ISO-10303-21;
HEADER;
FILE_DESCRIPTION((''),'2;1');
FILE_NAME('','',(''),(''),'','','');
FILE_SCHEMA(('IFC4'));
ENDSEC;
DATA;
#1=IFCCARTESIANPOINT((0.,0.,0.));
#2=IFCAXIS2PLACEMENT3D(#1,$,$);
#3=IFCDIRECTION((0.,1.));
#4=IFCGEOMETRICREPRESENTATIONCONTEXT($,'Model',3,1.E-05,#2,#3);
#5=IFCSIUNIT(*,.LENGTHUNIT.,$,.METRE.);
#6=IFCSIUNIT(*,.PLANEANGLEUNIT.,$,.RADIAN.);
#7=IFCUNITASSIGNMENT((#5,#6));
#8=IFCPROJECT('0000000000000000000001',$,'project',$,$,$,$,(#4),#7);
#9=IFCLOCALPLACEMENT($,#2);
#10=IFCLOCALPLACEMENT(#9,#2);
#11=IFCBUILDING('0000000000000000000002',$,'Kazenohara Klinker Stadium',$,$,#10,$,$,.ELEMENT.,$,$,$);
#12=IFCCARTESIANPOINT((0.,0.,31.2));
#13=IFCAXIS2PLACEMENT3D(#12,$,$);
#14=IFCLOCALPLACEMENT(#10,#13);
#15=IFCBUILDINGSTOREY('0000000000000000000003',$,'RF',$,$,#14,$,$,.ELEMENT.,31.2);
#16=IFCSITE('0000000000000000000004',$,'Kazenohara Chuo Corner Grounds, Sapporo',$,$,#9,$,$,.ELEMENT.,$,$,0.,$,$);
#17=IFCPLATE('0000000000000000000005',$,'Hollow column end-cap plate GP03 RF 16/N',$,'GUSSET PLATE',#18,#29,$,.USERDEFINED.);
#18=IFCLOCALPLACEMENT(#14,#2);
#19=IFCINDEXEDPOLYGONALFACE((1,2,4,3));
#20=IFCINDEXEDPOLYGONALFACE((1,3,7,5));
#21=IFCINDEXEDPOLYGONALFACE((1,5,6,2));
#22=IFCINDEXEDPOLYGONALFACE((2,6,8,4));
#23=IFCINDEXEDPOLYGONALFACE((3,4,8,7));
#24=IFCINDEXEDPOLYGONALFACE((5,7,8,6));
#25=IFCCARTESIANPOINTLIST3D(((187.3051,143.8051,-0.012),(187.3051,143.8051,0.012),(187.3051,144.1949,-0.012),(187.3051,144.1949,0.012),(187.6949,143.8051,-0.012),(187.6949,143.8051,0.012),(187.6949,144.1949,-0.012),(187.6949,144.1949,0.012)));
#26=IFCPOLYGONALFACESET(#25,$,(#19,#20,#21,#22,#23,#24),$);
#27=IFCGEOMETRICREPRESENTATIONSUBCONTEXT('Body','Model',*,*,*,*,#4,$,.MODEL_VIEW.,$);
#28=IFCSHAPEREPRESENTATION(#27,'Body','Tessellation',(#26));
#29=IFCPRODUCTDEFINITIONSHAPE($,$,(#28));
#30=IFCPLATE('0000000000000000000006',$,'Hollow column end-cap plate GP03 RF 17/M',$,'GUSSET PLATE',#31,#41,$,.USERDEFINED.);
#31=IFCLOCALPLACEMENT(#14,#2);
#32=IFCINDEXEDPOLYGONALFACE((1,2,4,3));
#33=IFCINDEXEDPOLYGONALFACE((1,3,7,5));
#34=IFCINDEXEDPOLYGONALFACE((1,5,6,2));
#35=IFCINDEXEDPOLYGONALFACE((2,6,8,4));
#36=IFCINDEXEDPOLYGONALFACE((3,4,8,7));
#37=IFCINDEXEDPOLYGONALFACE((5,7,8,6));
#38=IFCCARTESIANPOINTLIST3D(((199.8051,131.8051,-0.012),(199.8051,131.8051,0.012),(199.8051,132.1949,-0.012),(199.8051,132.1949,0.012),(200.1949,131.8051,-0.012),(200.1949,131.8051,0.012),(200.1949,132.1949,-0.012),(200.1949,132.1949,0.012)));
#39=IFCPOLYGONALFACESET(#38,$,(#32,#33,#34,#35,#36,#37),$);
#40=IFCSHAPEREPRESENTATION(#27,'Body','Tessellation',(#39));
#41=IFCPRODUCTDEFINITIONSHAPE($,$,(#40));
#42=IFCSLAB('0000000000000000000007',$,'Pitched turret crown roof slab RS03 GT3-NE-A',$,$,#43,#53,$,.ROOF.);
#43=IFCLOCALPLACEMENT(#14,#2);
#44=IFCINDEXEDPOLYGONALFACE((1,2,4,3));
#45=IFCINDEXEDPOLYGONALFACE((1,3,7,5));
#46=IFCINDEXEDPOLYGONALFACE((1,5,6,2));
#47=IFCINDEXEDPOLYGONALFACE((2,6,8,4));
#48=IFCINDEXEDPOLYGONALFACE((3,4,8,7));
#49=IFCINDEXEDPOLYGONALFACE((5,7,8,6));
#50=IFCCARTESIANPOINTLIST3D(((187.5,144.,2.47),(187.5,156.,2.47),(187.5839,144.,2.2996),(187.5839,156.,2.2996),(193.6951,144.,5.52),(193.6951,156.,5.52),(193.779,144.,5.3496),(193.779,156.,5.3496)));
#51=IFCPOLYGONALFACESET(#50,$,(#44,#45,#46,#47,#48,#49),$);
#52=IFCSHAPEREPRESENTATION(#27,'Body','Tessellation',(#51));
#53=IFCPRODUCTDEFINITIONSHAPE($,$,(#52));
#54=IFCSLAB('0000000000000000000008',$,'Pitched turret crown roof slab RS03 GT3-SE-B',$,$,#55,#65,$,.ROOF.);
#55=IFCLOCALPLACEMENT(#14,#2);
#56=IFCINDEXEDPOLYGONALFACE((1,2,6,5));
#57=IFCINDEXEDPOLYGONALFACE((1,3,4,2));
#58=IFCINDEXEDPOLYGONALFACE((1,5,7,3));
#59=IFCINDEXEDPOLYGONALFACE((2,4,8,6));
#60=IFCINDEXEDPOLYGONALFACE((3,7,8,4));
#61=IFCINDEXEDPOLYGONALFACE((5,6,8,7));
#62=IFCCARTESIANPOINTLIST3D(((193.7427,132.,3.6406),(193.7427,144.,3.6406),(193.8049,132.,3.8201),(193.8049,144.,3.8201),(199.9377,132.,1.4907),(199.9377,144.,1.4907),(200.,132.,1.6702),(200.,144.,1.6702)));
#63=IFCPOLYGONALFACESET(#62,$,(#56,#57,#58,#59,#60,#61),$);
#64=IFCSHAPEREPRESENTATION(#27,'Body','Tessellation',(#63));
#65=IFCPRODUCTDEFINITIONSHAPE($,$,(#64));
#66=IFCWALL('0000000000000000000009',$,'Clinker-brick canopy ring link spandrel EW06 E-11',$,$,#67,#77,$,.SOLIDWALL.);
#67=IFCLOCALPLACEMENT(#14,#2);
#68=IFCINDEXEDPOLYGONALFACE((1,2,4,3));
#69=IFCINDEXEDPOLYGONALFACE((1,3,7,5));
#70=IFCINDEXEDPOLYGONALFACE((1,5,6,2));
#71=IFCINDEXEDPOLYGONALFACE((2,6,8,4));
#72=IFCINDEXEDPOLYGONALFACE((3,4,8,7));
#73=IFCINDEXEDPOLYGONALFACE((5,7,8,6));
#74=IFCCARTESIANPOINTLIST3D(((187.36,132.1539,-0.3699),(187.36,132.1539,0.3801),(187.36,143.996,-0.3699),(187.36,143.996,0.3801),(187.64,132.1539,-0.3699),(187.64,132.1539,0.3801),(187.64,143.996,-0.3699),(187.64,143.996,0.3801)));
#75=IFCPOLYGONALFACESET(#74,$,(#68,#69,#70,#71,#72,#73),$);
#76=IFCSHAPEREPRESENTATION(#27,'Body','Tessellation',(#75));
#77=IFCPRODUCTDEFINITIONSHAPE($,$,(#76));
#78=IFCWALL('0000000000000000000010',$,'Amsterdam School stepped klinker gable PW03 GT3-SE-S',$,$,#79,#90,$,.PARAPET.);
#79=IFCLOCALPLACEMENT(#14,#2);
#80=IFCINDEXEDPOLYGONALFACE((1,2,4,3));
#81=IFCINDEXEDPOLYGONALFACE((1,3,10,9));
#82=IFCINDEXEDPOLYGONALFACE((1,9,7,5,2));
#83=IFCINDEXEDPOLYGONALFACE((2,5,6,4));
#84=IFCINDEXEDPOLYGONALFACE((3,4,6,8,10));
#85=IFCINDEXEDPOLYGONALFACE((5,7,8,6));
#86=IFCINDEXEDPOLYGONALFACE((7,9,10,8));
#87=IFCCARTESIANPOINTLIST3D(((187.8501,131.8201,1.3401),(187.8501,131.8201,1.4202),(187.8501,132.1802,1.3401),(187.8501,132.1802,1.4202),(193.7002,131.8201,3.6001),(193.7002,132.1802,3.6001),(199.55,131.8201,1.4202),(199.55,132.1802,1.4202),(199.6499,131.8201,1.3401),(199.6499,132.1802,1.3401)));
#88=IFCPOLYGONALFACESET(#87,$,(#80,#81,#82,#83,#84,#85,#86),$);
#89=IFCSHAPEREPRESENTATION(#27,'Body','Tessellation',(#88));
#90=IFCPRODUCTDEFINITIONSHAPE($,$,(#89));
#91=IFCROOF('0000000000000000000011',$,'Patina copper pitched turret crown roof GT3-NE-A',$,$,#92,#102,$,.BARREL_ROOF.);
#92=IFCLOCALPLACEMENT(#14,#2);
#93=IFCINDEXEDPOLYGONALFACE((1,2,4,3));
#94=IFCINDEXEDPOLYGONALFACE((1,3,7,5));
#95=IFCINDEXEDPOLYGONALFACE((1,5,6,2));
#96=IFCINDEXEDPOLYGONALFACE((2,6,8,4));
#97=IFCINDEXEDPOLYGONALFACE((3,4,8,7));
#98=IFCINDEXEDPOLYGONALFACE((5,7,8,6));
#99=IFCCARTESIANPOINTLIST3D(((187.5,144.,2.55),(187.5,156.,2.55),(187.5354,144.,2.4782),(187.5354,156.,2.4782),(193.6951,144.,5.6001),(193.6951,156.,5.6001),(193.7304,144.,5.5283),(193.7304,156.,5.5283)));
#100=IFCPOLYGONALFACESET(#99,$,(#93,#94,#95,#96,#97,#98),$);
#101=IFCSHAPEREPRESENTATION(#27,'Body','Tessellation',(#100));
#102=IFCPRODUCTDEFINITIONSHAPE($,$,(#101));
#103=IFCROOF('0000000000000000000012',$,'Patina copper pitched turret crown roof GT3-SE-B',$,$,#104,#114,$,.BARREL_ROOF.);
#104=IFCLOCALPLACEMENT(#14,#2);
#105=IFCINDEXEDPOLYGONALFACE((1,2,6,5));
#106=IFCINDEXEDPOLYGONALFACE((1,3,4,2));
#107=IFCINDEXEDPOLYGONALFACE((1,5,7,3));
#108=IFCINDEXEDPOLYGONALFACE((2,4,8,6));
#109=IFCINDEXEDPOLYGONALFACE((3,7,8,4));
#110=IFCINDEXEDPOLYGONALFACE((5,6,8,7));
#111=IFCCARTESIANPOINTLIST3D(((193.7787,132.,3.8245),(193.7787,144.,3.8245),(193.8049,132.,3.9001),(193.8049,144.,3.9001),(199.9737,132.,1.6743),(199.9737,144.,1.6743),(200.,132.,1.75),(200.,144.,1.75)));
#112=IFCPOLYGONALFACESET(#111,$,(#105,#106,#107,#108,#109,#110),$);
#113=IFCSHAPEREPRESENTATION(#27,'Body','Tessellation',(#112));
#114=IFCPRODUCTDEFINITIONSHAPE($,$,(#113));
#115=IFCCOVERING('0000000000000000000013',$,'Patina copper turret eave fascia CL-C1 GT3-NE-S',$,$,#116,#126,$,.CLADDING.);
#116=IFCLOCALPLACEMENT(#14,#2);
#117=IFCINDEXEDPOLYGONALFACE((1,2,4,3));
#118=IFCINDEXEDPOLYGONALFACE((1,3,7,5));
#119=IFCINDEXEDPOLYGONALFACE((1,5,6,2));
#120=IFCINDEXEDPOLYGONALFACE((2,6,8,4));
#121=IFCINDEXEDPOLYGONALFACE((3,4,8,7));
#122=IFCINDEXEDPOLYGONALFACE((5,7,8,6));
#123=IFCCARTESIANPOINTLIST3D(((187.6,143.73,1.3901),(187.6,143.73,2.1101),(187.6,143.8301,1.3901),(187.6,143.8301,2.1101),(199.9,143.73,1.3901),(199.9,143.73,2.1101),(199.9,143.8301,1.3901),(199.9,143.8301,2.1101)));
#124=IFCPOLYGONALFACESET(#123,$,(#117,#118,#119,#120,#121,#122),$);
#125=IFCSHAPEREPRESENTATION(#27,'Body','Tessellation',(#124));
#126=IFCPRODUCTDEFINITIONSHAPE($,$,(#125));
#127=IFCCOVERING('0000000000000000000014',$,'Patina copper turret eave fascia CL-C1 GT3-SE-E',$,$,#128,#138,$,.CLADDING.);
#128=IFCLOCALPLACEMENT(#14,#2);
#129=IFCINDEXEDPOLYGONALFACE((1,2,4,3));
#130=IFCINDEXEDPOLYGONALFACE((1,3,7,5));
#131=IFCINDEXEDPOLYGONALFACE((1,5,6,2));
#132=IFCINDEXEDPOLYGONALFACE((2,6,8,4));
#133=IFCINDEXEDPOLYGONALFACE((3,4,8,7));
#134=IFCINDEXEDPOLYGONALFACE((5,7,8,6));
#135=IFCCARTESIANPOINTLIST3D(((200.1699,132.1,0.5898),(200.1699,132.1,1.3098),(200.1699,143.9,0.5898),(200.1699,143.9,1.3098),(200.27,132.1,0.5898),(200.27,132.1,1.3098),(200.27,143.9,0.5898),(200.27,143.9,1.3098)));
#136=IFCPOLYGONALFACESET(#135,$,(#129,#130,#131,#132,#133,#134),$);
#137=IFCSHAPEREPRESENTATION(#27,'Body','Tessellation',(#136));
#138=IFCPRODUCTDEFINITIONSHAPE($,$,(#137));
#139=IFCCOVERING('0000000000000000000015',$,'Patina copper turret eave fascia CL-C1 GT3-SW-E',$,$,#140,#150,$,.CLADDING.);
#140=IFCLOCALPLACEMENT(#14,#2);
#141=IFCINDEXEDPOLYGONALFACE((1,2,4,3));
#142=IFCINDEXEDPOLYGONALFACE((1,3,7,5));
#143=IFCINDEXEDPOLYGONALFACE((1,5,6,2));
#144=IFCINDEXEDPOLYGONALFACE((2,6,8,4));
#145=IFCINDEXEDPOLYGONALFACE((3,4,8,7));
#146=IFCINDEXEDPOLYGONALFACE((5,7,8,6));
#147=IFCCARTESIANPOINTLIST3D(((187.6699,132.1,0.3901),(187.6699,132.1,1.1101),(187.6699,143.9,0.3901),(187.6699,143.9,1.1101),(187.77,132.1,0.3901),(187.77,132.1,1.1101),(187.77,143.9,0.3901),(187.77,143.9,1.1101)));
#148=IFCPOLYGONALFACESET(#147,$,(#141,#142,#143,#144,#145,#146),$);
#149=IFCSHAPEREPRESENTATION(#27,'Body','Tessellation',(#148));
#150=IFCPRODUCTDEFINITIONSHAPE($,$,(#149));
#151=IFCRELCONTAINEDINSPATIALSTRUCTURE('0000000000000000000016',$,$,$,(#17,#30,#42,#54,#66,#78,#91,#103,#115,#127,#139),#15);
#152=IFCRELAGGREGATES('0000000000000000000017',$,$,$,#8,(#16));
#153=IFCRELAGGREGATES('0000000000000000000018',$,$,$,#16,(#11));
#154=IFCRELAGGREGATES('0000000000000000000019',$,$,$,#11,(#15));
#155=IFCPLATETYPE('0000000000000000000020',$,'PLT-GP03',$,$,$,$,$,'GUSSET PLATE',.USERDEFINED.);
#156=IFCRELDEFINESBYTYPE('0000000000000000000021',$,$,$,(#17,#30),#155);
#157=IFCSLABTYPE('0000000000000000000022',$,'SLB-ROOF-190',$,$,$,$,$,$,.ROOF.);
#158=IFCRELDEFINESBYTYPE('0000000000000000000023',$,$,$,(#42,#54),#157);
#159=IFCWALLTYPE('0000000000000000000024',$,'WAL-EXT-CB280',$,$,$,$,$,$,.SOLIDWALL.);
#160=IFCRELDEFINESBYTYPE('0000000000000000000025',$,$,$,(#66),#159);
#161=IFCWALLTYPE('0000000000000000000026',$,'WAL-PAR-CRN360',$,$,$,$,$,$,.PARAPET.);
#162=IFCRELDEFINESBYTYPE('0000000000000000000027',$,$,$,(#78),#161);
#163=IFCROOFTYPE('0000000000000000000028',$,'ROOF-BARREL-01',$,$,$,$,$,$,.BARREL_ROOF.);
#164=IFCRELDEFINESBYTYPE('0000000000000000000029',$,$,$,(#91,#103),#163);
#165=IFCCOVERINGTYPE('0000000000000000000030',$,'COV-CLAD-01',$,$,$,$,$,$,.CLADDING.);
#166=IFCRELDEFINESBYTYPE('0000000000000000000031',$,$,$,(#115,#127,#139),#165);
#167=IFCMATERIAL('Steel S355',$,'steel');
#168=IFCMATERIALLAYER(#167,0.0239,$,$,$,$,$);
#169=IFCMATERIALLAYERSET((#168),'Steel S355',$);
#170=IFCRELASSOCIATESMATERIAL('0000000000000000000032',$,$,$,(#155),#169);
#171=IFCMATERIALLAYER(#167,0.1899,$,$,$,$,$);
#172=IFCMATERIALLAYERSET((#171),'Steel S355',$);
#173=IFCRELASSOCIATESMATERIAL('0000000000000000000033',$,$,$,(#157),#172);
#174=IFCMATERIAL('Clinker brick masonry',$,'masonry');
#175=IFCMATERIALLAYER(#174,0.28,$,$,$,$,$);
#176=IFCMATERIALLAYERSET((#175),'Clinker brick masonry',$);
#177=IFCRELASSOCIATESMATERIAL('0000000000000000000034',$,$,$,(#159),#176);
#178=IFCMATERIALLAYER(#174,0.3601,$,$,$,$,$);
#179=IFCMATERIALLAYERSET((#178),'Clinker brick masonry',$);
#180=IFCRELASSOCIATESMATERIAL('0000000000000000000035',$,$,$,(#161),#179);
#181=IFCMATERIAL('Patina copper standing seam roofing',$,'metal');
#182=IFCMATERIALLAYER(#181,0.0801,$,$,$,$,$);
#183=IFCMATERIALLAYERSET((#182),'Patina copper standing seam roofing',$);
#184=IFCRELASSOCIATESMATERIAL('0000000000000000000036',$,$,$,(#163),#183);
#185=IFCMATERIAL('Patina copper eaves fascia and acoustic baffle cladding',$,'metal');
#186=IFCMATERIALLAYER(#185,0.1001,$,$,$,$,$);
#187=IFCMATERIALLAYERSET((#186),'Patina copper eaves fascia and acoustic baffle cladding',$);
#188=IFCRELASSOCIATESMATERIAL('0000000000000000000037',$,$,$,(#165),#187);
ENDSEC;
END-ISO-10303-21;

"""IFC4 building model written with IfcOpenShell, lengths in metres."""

from ifc_helpers import new_model, si_unit, direction, frame, frame_2d, origin, origin_2d, place, context, subcontext, project, spatial, polyline, rectangle, outline, extrude, material, layer, layer_set, type_object, element, save


model = new_model("IFC4")

# Units and contexts
model_context = context("Model", 3, precision=1e-05, world=origin(), true_north=direction((0.0, 1.0)))
body_context = subcontext(model_context, "Body", "Model", "MODEL_VIEW")
ifc_project = project(units=[si_unit("LENGTHUNIT", "METRE"), si_unit("PLANEANGLEUNIT", "RADIAN")], contexts=[model_context])

# Site, building, storey
site_placement = place(None, origin())
site = spatial("IfcSite", under=ifc_project, at=site_placement, Name="Kazenohara Chuo Corner Grounds, Sapporo", CompositionType="ELEMENT", RefElevation=0.0)
building_placement = place(site_placement, origin())
building = spatial("IfcBuilding", under=site, at=building_placement, Name="Kazenohara Klinker Stadium", CompositionType="ELEMENT")
storey_placement = place(building_placement, frame((0.0, 0.0, 31.2)))
storey = spatial("IfcBuildingStorey", under=building, at=storey_placement, Name="RF", CompositionType="ELEMENT", Elevation=31.2)

# Shared definitions
ifc_material_1 = material(Name="Steel S355", Category="steel")

# Plates
ifc_layer_1 = layer(ifc_material_1, 0.0239)
ifc_layer_set_1 = layer_set([ifc_layer_1], Name="Steel S355")
plate_type = type_object("IfcPlateType", Name="PLT-GP03", ElementType="GUSSET PLATE", PredefinedType="USERDEFINED", material=ifc_layer_set_1)
for number, where, z_axis, x_axis, name in (
    (1, (187.5, 144.0, -0.012), (0.0, 0.0, 1.0), (1.0, 0.0, 0.0), "Hollow column end-cap plate GP03 RF 16/N"),
    (2, (200.0, 132.0, -0.012), (0.0, 0.0, 1.0), (1.0, 0.0, 0.0), "Hollow column end-cap plate GP03 RF 17/M"),
):
    element("IfcPlate", number, at=place(storey_placement, frame(where, z_axis=z_axis, x_axis=x_axis)), inside=storey, type_object=plate_type, Name=name, ObjectType="GUSSET PLATE", PredefinedType="USERDEFINED", context=body_context, shape_type="SweptSolid", body=[
        extrude(rectangle(XDim=0.3899, YDim=0.3899, at=origin_2d()), origin(), (0.0, 0.0, 1.0), 0.0239),
    ])

# Slabs
ifc_layer_2 = layer(ifc_material_1, 0.1899)
ifc_layer_set_2 = layer_set([ifc_layer_2], Name="Steel S355")
slab_type = type_object("IfcSlabType", Name="SLB-ROOF-190", PredefinedType="ROOF", material=ifc_layer_set_2)
slab_1_placement = place(storey_placement, frame((187.5, 144.0, 2.47), z_axis=(-0.441704, 0.0, 0.897161), x_axis=(0.897161, 0.0, 0.441704)))
element("IfcSlab", 3, at=slab_1_placement, inside=storey, type_object=slab_type, Name="Pitched turret crown roof slab RS03 GT3-NE-A", PredefinedType="ROOF", context=body_context, shape_type="SweptSolid", body=[
    extrude(outline(polyline([(0.0, 0.0), (6.9052, 0.0), (6.9052, 12.0), (0.0, 12.0), (0.0, 0.0)])), origin(), (0.0, 0.0, -1.0), 0.1899),
])
slab_2_placement = place(storey_placement, frame((193.8049, 132.0, 3.8201), z_axis=(0.327853, 0.0, 0.944729), x_axis=(0.944729, 0.0, -0.327853)))
element("IfcSlab", 4, at=slab_2_placement, inside=storey, type_object=slab_type, Name="Pitched turret crown roof slab RS03 GT3-SE-B", PredefinedType="ROOF", context=body_context, shape_type="SweptSolid", body=[
    extrude(outline(polyline([(0.0, 0.0), (6.5575, 0.0), (6.5575, 12.0), (0.0, 12.0), (0.0, 0.0)])), origin(), (0.0, 0.0, -1.0), 0.1899),
])

# Walls
ifc_material_2 = material(Name="Clinker brick masonry", Category="masonry")
ifc_layer_3 = layer(ifc_material_2, 0.28)
ifc_layer_set_3 = layer_set([ifc_layer_3], Name="Clinker brick masonry")
wall_type_1 = type_object("IfcWallType", Name="WAL-EXT-CB280", PredefinedType="SOLIDWALL", material=ifc_layer_set_3)
wall_1_placement = place(storey_placement, frame((187.5, 132.1541, -0.3699), z_axis=(0.0, 0.0, 1.0), x_axis=(0.0, 1.0, 0.0)))
element("IfcWall", 5, at=wall_1_placement, inside=storey, type_object=wall_type_1, Name="Clinker-brick canopy ring link spandrel EW06 E-11", PredefinedType="SOLIDWALL", context=body_context, shape_type="SweptSolid", body=[
    extrude(rectangle(XDim=11.842, YDim=0.28, at=frame_2d((5.9209, 0.0))), origin(), (0.0, 0.0, 1.0), 0.75),
])
ifc_layer_4 = layer(ifc_material_2, 0.3601)
ifc_layer_set_4 = layer_set([ifc_layer_4], Name="Clinker brick masonry")
wall_type_2 = type_object("IfcWallType", Name="WAL-PAR-CRN360", PredefinedType="PARAPET", material=ifc_layer_set_4)
wall_2_placement = place(storey_placement, frame((187.8501, 132.0, 1.3401), z_axis=(0.0, 0.0, 1.0), x_axis=(1.0, 0.0, 0.0)))
element("IfcWall", 6, at=wall_2_placement, inside=storey, type_object=wall_type_2, Name="Amsterdam School stepped klinker gable PW03 GT3-SE-S", PredefinedType="PARAPET", context=body_context, shape_type="SweptSolid", body=[
    extrude(outline(polyline([(0.0, 0.0), (11.7998, 0.0), (11.7, 0.0801), (5.8501, 2.26), (0.0, 0.0801), (0.0, 0.0)])), frame((0.0, 0.1802, 0.0), z_axis=(0.0, -1.0, 0.0), x_axis=(1.0, 0.0, 0.0)), (0.0, 0.0, 1.0), 0.3601),
])

# Roofs
ifc_material_3 = material(Name="Patina copper standing seam roofing", Category="metal")
ifc_layer_5 = layer(ifc_material_3, 0.0801)
ifc_layer_set_5 = layer_set([ifc_layer_5], Name="Patina copper standing seam roofing")
roof_type = type_object("IfcRoofType", Name="ROOF-BARREL-01", PredefinedType="BARREL_ROOF", material=ifc_layer_set_5)
roof_1_placement = place(storey_placement, frame((187.5, 144.0, 2.55), z_axis=(-0.441704, 0.0, 0.897161), x_axis=(0.897161, 0.0, 0.441704)))
element("IfcRoof", 7, at=roof_1_placement, inside=storey, type_object=roof_type, Name="Patina copper pitched turret crown roof GT3-NE-A", PredefinedType="BARREL_ROOF", context=body_context, shape_type="SweptSolid", body=[
    extrude(outline(polyline([(0.0, 0.0), (6.9052, 0.0), (6.9052, 12.0), (0.0, 12.0), (0.0, 0.0)])), origin(), (0.0, 0.0, -1.0), 0.0801),
])
roof_2_placement = place(storey_placement, frame((193.8049, 132.0, 3.9001), z_axis=(0.327887, 0.0, 0.944717), x_axis=(0.944717, 0.0, -0.327887)))
element("IfcRoof", 8, at=roof_2_placement, inside=storey, type_object=roof_type, Name="Patina copper pitched turret crown roof GT3-SE-B", PredefinedType="BARREL_ROOF", context=body_context, shape_type="SweptSolid", body=[
    extrude(outline(polyline([(0.0, 0.0), (6.5576, 0.0), (6.5576, 12.0), (0.0, 12.0), (0.0, 0.0)])), origin(), (0.0, 0.0, -1.0), 0.0801),
])

# Coverings
ifc_material_4 = material(Name="Patina copper eaves fascia and acoustic baffle cladding", Category="metal")
ifc_layer_6 = layer(ifc_material_4, 0.1001)
ifc_layer_set_6 = layer_set([ifc_layer_6], Name="Patina copper eaves fascia and acoustic baffle cladding")
covering_type = type_object("IfcCoveringType", Name="COV-CLAD-01", PredefinedType="CLADDING", material=ifc_layer_set_6)
covering_placement = place(storey_placement, frame((193.75, 143.78, 1.3901), z_axis=(0.0, 0.0, 1.0), x_axis=(1.0, 0.0, 0.0)))
element("IfcCovering", 9, at=covering_placement, inside=storey, type_object=covering_type, Name="Patina copper turret eave fascia CL-C1 GT3-NE-S", PredefinedType="CLADDING", context=body_context, shape_type="SweptSolid", body=[
    extrude(rectangle(XDim=12.3, YDim=0.1001, at=origin_2d()), origin(), (0.0, 0.0, 1.0), 0.72),
])
for number, where, z_axis, x_axis, name in (
    (10, (200.22, 138.0, 0.5898), (0.0, 0.0, 1.0), (1.0, 0.0, 0.0), "Patina copper turret eave fascia CL-C1 GT3-SE-E"),
    (11, (187.72, 138.0, 0.3901), (0.0, 0.0, 1.0), (1.0, 0.0, 0.0), "Patina copper turret eave fascia CL-C1 GT3-SW-E"),
):
    element("IfcCovering", number, at=place(storey_placement, frame(where, z_axis=z_axis, x_axis=x_axis)), inside=storey, type_object=covering_type, Name=name, PredefinedType="CLADDING", context=body_context, shape_type="SweptSolid", body=[
        extrude(rectangle(XDim=0.1001, YDim=11.8, at=origin_2d()), origin(), (0.0, 0.0, 1.0), 0.72),
    ])

save(model, "model.ifc")
